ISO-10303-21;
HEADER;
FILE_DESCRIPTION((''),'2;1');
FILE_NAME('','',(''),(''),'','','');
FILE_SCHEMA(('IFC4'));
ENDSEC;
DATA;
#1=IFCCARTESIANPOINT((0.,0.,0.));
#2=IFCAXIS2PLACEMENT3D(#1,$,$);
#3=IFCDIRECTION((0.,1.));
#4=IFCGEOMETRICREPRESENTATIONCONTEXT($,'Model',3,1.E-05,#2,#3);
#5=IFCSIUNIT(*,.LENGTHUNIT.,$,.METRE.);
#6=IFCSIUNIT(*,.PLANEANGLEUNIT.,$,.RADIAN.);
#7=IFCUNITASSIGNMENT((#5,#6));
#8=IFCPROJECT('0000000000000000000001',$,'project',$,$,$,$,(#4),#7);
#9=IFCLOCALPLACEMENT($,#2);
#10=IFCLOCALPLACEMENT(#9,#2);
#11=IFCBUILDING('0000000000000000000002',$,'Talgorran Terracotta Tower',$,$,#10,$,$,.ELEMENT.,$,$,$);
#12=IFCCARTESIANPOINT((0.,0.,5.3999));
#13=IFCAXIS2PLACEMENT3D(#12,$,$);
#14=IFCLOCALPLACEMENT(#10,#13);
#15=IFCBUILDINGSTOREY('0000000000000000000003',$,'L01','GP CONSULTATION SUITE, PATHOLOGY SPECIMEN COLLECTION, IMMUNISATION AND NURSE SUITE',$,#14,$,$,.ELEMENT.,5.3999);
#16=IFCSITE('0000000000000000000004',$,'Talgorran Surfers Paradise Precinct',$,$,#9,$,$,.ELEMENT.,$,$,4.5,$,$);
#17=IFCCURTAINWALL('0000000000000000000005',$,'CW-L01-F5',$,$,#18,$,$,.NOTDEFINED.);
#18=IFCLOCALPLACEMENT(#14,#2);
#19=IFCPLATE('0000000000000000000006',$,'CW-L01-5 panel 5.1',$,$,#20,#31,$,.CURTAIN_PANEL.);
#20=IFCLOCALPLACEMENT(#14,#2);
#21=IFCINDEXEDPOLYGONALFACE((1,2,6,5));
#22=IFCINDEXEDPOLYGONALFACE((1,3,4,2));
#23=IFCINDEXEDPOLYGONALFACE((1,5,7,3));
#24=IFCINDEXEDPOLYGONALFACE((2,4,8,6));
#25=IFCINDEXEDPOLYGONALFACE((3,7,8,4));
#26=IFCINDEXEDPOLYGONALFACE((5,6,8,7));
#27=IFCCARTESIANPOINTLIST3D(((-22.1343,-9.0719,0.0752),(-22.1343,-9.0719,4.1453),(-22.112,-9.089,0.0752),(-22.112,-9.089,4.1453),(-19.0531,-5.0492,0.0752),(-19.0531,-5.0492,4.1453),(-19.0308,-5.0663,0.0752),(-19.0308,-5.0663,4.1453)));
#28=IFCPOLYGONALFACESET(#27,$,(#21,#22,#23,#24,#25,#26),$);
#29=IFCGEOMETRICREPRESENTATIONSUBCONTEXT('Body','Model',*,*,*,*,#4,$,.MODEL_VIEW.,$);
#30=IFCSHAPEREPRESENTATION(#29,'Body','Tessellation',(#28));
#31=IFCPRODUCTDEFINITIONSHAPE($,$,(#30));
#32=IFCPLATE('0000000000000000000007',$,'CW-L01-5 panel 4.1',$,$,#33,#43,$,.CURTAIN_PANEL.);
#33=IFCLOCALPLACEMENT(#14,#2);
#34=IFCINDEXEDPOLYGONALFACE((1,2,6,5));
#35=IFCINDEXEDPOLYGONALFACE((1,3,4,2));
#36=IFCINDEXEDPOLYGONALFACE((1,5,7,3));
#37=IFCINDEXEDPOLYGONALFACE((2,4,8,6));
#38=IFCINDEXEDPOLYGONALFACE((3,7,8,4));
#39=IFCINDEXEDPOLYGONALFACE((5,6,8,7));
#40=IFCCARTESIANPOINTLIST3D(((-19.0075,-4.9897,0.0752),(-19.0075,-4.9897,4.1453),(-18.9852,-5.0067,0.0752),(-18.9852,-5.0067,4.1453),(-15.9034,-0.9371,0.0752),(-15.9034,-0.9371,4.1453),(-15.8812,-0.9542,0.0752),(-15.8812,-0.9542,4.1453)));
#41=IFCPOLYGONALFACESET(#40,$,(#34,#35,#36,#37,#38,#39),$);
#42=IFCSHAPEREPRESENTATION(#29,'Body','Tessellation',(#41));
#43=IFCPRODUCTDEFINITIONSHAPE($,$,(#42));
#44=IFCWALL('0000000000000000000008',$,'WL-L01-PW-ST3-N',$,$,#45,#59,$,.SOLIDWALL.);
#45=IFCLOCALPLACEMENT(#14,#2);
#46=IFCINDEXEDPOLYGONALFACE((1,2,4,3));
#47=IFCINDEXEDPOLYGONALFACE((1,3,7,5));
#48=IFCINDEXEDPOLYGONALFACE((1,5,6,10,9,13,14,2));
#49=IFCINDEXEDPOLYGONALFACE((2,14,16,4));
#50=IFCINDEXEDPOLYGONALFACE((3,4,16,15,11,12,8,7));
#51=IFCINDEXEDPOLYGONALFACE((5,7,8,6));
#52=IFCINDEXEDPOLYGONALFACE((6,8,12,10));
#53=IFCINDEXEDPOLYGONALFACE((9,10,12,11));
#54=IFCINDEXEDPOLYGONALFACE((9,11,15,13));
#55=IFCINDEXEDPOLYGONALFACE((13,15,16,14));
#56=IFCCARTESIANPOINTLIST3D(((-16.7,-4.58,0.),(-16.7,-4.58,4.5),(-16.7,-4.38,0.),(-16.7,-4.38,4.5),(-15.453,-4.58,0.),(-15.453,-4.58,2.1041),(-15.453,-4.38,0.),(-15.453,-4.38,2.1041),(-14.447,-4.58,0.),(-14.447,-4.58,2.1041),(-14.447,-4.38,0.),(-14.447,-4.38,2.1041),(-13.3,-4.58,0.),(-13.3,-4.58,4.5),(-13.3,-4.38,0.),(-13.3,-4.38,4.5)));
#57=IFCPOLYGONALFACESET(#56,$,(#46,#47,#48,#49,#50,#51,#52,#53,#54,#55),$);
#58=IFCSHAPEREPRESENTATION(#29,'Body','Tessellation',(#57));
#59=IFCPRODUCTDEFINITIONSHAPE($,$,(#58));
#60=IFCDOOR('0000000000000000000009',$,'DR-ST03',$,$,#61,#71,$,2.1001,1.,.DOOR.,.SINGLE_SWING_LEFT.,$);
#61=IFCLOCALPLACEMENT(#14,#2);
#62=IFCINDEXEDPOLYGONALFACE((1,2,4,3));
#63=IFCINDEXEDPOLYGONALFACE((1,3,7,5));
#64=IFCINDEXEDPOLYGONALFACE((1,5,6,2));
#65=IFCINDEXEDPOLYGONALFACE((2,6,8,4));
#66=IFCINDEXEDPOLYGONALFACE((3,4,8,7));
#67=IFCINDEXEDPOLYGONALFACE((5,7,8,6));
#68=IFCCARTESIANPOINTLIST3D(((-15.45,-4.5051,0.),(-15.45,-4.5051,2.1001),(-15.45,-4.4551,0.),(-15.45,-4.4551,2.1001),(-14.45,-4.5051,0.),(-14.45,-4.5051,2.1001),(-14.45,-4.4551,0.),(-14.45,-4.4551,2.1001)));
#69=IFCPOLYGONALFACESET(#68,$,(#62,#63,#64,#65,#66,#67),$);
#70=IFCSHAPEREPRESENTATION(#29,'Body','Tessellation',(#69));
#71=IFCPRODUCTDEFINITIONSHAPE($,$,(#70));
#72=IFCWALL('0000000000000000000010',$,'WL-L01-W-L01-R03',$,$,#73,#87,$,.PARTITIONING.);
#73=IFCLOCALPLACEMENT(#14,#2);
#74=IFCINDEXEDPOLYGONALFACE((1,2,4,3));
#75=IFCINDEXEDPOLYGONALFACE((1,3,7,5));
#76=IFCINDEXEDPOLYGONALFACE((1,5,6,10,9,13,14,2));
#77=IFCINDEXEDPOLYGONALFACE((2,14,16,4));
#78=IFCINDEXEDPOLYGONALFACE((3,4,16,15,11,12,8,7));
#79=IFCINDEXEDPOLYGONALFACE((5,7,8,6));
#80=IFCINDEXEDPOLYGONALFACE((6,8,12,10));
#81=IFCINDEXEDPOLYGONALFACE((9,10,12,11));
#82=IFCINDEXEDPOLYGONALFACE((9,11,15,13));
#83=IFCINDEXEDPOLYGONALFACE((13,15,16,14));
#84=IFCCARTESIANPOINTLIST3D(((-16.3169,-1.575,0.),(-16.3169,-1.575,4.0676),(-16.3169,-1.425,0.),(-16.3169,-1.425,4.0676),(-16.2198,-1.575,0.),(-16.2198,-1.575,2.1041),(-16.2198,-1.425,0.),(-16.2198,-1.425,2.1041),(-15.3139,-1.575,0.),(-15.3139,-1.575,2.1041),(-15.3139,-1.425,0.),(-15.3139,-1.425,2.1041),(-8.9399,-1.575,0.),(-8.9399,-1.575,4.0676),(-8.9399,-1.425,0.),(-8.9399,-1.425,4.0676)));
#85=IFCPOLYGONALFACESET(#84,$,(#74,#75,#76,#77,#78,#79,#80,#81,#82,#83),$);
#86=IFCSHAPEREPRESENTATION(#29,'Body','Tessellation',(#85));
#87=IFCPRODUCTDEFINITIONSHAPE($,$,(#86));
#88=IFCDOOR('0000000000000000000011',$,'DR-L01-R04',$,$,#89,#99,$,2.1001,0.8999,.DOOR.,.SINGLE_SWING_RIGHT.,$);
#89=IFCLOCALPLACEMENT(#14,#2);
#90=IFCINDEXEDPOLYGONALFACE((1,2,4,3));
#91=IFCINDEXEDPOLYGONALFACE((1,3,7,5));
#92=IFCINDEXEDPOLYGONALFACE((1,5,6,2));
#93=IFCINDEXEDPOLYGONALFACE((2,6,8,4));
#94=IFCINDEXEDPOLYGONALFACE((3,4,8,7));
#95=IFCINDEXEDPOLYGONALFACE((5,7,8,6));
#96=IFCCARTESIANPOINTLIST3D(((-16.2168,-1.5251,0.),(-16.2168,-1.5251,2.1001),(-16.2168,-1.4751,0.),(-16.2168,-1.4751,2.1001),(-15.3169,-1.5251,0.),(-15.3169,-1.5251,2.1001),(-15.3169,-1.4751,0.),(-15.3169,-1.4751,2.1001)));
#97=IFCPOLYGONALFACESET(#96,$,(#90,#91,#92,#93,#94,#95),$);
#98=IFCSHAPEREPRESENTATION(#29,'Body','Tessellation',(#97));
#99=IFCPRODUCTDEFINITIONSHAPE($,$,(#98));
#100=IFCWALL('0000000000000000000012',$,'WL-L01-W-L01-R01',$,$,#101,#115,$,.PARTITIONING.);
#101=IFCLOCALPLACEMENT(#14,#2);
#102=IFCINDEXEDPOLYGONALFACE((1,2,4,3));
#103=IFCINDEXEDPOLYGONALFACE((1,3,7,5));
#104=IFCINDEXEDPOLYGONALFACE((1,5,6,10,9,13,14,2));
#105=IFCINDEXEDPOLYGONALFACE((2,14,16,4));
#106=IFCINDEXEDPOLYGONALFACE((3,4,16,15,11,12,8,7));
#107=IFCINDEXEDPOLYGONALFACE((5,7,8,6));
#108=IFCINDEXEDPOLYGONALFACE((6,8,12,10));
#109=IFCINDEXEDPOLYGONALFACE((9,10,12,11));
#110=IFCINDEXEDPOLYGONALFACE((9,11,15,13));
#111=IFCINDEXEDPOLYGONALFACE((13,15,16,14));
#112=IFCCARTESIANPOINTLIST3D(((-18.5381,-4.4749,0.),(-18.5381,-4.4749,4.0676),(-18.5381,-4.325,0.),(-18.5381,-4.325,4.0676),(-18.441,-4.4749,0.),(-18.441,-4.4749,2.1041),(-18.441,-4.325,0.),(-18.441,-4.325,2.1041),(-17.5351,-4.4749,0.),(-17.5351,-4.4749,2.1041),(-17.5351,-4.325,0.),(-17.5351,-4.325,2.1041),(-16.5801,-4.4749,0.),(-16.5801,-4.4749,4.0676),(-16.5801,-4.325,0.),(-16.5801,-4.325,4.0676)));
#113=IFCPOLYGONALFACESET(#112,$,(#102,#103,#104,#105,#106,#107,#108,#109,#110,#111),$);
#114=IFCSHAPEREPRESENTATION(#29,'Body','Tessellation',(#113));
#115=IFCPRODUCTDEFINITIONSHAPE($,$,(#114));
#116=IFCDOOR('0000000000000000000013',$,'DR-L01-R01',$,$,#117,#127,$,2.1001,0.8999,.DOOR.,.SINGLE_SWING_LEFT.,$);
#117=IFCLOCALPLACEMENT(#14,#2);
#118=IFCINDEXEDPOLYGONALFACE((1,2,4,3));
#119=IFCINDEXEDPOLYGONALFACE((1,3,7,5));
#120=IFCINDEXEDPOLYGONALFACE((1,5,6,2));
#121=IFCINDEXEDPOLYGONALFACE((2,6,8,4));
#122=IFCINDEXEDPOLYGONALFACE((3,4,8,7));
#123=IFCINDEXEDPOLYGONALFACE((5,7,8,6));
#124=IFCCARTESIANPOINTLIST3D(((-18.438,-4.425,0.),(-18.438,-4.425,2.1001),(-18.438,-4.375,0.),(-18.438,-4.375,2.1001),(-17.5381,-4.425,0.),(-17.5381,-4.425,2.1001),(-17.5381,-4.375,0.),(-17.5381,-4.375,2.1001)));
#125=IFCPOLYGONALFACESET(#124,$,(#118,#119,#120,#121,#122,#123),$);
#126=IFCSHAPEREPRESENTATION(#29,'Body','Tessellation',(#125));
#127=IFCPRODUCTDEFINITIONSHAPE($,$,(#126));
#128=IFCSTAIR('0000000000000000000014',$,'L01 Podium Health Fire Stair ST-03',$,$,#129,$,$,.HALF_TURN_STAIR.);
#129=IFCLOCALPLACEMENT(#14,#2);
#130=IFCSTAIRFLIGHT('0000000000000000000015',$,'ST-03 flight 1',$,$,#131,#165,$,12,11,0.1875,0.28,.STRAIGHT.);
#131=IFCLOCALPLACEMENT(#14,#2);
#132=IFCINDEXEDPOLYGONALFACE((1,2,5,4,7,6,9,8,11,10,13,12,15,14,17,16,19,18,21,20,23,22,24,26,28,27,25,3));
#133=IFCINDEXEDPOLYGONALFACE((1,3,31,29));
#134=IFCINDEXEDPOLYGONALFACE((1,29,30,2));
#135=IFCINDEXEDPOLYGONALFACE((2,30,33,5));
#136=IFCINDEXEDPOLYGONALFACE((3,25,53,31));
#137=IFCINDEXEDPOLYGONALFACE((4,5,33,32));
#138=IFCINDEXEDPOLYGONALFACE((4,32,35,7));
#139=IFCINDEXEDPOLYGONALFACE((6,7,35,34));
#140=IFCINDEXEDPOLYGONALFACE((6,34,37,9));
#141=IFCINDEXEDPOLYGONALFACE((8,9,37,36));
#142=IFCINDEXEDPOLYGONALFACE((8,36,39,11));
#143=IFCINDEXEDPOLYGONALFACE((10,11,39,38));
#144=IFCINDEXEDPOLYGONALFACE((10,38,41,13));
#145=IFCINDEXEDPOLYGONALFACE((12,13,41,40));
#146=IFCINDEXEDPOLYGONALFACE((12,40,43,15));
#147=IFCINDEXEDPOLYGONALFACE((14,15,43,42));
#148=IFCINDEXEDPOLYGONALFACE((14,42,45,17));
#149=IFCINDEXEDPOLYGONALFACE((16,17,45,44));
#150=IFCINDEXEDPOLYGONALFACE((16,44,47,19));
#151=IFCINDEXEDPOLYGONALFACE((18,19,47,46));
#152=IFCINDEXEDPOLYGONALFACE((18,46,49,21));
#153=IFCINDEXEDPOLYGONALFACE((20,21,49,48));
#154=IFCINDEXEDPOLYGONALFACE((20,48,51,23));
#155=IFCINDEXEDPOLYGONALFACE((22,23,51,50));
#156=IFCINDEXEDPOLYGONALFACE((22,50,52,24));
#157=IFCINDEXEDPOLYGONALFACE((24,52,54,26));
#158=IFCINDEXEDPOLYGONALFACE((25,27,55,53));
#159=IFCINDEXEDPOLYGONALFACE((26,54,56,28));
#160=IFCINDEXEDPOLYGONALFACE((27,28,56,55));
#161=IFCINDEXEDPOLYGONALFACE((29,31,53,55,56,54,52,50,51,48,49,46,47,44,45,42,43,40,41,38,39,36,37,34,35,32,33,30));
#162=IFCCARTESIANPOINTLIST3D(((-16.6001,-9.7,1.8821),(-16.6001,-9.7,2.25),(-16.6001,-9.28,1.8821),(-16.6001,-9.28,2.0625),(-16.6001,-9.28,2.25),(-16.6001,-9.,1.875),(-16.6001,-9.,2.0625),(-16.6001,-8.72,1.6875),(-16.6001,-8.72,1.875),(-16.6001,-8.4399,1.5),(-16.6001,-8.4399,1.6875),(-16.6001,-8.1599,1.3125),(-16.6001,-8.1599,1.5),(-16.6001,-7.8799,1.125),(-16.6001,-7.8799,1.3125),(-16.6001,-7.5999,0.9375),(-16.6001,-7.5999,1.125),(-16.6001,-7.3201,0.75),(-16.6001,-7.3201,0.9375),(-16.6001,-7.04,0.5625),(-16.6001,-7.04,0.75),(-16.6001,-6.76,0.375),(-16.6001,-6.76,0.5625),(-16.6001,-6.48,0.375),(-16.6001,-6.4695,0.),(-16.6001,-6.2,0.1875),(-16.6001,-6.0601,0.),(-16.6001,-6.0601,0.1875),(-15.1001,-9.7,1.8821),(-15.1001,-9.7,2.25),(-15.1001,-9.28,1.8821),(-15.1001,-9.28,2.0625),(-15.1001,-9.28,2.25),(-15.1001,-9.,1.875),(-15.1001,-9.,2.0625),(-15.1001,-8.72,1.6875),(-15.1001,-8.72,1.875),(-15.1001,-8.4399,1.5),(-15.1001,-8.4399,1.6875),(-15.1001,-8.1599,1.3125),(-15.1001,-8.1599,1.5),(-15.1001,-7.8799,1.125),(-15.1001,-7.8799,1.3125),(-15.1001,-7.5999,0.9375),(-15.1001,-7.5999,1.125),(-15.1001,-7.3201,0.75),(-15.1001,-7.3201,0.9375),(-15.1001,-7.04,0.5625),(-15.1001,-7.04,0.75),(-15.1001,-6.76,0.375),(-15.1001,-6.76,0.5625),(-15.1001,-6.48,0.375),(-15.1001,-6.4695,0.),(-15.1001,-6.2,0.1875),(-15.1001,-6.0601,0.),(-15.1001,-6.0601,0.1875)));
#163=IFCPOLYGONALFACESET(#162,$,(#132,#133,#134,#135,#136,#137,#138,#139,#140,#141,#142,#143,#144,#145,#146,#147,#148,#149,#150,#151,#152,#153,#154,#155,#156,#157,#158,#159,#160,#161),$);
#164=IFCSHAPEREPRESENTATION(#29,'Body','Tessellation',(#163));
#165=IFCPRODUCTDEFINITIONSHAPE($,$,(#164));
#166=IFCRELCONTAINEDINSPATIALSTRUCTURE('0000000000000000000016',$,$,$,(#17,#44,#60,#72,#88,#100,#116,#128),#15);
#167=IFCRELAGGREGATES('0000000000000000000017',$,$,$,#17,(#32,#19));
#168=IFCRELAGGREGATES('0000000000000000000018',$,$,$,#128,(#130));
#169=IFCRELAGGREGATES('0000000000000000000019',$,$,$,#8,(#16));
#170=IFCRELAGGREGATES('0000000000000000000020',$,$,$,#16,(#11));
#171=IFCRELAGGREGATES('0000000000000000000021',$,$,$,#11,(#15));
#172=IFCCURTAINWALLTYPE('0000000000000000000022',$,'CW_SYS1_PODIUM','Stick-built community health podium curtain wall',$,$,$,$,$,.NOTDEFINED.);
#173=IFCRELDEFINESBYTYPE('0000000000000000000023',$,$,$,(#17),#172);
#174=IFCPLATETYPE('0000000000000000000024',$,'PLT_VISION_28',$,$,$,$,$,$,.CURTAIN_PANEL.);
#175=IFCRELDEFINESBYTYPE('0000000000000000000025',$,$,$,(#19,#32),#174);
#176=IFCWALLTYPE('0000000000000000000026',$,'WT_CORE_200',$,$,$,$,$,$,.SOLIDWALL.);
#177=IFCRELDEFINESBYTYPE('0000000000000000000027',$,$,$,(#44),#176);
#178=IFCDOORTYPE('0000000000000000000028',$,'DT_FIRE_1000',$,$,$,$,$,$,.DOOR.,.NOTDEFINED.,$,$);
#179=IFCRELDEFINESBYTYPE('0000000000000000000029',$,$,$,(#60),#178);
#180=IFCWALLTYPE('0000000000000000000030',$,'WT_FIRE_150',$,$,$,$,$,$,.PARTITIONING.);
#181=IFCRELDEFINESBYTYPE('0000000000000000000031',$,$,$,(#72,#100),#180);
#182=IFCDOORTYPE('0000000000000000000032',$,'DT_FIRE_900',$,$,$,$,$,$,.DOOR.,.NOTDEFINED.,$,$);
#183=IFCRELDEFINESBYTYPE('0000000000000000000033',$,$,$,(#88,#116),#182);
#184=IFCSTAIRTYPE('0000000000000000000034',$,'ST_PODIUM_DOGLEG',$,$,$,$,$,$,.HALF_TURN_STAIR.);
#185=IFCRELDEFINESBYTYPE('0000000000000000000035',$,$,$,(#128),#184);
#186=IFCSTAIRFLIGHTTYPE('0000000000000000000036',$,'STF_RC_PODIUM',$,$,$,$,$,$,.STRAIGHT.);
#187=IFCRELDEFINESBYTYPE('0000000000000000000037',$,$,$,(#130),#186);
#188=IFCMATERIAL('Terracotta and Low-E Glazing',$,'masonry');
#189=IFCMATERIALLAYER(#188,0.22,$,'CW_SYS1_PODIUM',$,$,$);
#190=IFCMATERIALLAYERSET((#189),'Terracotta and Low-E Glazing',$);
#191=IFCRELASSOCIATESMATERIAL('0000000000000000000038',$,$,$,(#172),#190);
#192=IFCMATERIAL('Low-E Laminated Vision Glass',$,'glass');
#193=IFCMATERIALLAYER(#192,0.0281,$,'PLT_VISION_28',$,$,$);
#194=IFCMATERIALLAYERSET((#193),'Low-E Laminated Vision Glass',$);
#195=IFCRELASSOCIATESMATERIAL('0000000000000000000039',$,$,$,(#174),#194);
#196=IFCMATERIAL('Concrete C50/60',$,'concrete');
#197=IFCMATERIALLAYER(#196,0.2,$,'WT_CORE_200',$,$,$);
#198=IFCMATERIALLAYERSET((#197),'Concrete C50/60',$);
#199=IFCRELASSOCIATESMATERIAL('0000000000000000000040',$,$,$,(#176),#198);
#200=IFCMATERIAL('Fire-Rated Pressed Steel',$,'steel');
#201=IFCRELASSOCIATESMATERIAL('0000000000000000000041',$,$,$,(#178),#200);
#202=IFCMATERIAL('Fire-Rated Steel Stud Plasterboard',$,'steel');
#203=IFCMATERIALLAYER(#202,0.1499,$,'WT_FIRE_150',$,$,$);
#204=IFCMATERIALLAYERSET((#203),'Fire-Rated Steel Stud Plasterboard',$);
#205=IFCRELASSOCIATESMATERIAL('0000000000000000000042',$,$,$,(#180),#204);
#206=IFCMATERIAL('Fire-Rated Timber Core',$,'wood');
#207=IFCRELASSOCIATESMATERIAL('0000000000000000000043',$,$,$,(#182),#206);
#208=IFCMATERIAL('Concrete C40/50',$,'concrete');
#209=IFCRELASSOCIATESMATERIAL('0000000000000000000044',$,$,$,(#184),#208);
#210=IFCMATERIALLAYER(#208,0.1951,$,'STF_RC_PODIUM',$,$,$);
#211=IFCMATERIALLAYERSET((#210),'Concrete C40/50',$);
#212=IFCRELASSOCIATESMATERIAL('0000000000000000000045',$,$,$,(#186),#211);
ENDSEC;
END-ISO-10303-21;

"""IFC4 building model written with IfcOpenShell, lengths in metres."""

from ifc_helpers import new_model, si_unit, direction, frame, frame_2d, origin, origin_2d, place, context, subcontext, project, spatial, polyline, rectangle, outline, extrude, source, transform, mapped, material, layer, layer_set, type_object, type_shapes, element, fill, aggregate, save


model = new_model("IFC4")

# Units and contexts
model_context = context("Model", 3, precision=1e-05, world=origin(), true_north=direction((0.0, 1.0)))
body_context = subcontext(model_context, "Body", "Model", "MODEL_VIEW")
ifc_project = project(units=[si_unit("LENGTHUNIT", "METRE"), si_unit("PLANEANGLEUNIT", "RADIAN")], contexts=[model_context])

# Site, building, storey
site_placement = place(None, origin())
site = spatial("IfcSite", under=ifc_project, at=site_placement, Name="Talgorran Surfers Paradise Precinct", CompositionType="ELEMENT", RefElevation=4.5)
building_placement = place(site_placement, origin())
building = spatial("IfcBuilding", under=site, at=building_placement, Name="Talgorran Terracotta Tower", CompositionType="ELEMENT")
storey_placement = place(building_placement, frame((0.0, 0.0, 5.3999)))
storey = spatial("IfcBuildingStorey", under=building, at=storey_placement, Name="L01", Description="GP CONSULTATION SUITE, PATHOLOGY SPECIMEN COLLECTION, IMMUNISATION AND NURSE SUITE", CompositionType="ELEMENT", Elevation=5.3999)

# Curtain wall, plates
ifc_material_1 = material(Name="Terracotta and Low-E Glazing", Category="masonry")
ifc_layer_1 = layer(ifc_material_1, 0.22, Name="CW_SYS1_PODIUM")
ifc_layer_set_1 = layer_set([ifc_layer_1], Name="Terracotta and Low-E Glazing")
curtain_wall_type = type_object("IfcCurtainWallType", Name="CW_SYS1_PODIUM", Description="Stick-built community health podium curtain wall", PredefinedType="NOTDEFINED", material=ifc_layer_set_1)
curtain_wall_placement = place(storey_placement, origin())
curtain_wall = element("IfcCurtainWall", 1, at=curtain_wall_placement, inside=storey, type_object=curtain_wall_type, Name="CW-L01-F5", PredefinedType="NOTDEFINED")
ifc_material_2 = material(Name="Low-E Laminated Vision Glass", Category="glass")
ifc_layer_2 = layer(ifc_material_2, 0.0281, Name="PLT_VISION_28")
ifc_layer_set_2 = layer_set([ifc_layer_2], Name="Low-E Laminated Vision Glass")
plate_type = type_object("IfcPlateType", Name="PLT_VISION_28", PredefinedType="CURTAIN_PANEL", material=ifc_layer_set_2)
shared_shape_1 = source(origin(), body_context, "Body", "SweptSolid", [
    extrude(rectangle(XDim=5.0671, YDim=0.0281, at=origin_2d()), origin(), (0.0, 0.0, 1.0), 4.0701),
])
plate_1_placement = place(storey_placement, frame((-20.5825, -7.0691, 0.0752), z_axis=(0.0, 0.0, 1.0), x_axis=(-0.608075, -0.79388, 0.0)))
plate_1 = element("IfcPlate", 2, at=plate_1_placement, type_object=plate_type, Name="CW-L01-5 panel 5.1", PredefinedType="CURTAIN_PANEL", context=body_context, shape_type="MappedRepresentation", body=[
    mapped(shared_shape_1, transform((0.0, 0.0, 0.0), scale=1.0)),
])
shared_shape_2 = source(origin(), body_context, "Body", "SweptSolid", [
    extrude(rectangle(XDim=5.1047, YDim=0.0281, at=origin_2d()), origin(), (0.0, 0.0, 1.0), 4.0701),
])
type_shapes(plate_type, [shared_shape_1, shared_shape_2])
plate_2_placement = place(storey_placement, frame((-17.4443, -2.9719, 0.0752), z_axis=(0.0, 0.0, 1.0), x_axis=(-0.608075, -0.79388, 0.0)))
plate_2 = element("IfcPlate", 3, at=plate_2_placement, type_object=plate_type, Name="CW-L01-5 panel 4.1", PredefinedType="CURTAIN_PANEL", context=body_context, shape_type="MappedRepresentation", body=[
    mapped(shared_shape_2, transform((0.0, 0.0, 0.0), scale=1.0)),
])
aggregate(curtain_wall, [plate_2, plate_1])

# Walls, openings, doors
ifc_material_3 = material(Name="Concrete C50/60", Category="concrete")
ifc_layer_3 = layer(ifc_material_3, 0.2, Name="WT_CORE_200")
ifc_layer_set_3 = layer_set([ifc_layer_3], Name="Concrete C50/60")
wall_type_1 = type_object("IfcWallType", Name="WT_CORE_200", PredefinedType="SOLIDWALL", material=ifc_layer_set_3)
wall_1_placement = place(storey_placement, frame((-16.7, -4.48, 0.0), z_axis=(0.0, 0.0, 1.0), x_axis=(1.0, 0.0, 0.0)))
wall_1 = element("IfcWall", 4, at=wall_1_placement, inside=storey, type_object=wall_type_1, Name="WL-L01-PW-ST3-N", PredefinedType="SOLIDWALL", context=body_context, shape_type="SweptSolid", body=[
    extrude(rectangle(XDim=3.3999, YDim=0.2, at=frame_2d((1.7, 0.0))), origin(), (0.0, 0.0, 1.0), 4.5),
])
opening_1_placement = place(wall_1_placement, frame((1.25, 0.0, 0.0)))
opening_1 = element("IfcOpeningElement", 5, at=opening_1_placement, cuts=wall_1, PredefinedType="OPENING", context=body_context, shape_type="SweptSolid", body=[
    extrude(rectangle(XDim=1.006, YDim=2.1041, at=frame_2d((0.5, 1.052))), frame((0.0, 0.1099, 0.0), z_axis=(0.0, -1.0, 0.0), x_axis=(1.0, 0.0, 0.0)), (0.0, 0.0, 1.0), 0.22),
])
ifc_material_4 = material(Name="Fire-Rated Pressed Steel", Category="steel")
door_type_1 = type_object("IfcDoorType", Name="DT_FIRE_1000", OperationType="NOTDEFINED", PredefinedType="DOOR", material=ifc_material_4)
door_1_placement = place(opening_1_placement, origin())
door_1 = element("IfcDoor", 6, at=door_1_placement, inside=storey, type_object=door_type_1, Name="DR-ST03", OperationType="SINGLE_SWING_LEFT", OverallHeight=2.1001, OverallWidth=1.0, PredefinedType="DOOR", context=body_context, shape_type="SweptSolid", body=[
    extrude(rectangle(XDim=1.0, YDim=2.1001, at=frame_2d((0.5, 1.05))), frame((0.0, 0.0249, 0.0), z_axis=(0.0, -1.0, 0.0), x_axis=(1.0, 0.0, 0.0)), (0.0, 0.0, 1.0), 0.05),
])
fill(opening_1, door_1)
ifc_material_5 = material(Name="Fire-Rated Steel Stud Plasterboard", Category="steel")
ifc_layer_4 = layer(ifc_material_5, 0.1499, Name="WT_FIRE_150")
ifc_layer_set_4 = layer_set([ifc_layer_4], Name="Fire-Rated Steel Stud Plasterboard")
wall_type_2 = type_object("IfcWallType", Name="WT_FIRE_150", PredefinedType="PARTITIONING", material=ifc_layer_set_4)
wall_2_placement = place(storey_placement, frame((-16.3169, -1.5, 0.0), z_axis=(0.0, 0.0, 1.0), x_axis=(1.0, 0.0, 0.0)))
wall_2 = element("IfcWall", 7, at=wall_2_placement, inside=storey, type_object=wall_type_2, Name="WL-L01-W-L01-R03", PredefinedType="PARTITIONING", context=body_context, shape_type="SweptSolid", body=[
    extrude(rectangle(XDim=7.377, YDim=0.1499, at=frame_2d((3.6885, 0.0))), origin(), (0.0, 0.0, 1.0), 4.0676),
])
opening_2_placement = place(wall_2_placement, frame((0.1001, 0.0, 0.0)))
opening_2 = element("IfcOpeningElement", 8, at=opening_2_placement, cuts=wall_2, PredefinedType="OPENING", context=body_context, shape_type="SweptSolid", body=[
    extrude(rectangle(XDim=0.9059, YDim=2.1041, at=frame_2d((0.45, 1.052))), frame((0.0, 0.085, 0.0), z_axis=(0.0, -1.0, 0.0), x_axis=(1.0, 0.0, 0.0)), (0.0, 0.0, 1.0), 0.1699),
])
ifc_material_6 = material(Name="Fire-Rated Timber Core", Category="wood")
door_type_2 = type_object("IfcDoorType", Name="DT_FIRE_900", OperationType="NOTDEFINED", PredefinedType="DOOR", material=ifc_material_6)
door_2_placement = place(opening_2_placement, origin())
door_2 = element("IfcDoor", 9, at=door_2_placement, inside=storey, type_object=door_type_2, Name="DR-L01-R04", OperationType="SINGLE_SWING_RIGHT", OverallHeight=2.1001, OverallWidth=0.8999, PredefinedType="DOOR", context=body_context, shape_type="SweptSolid", body=[
    extrude(rectangle(XDim=0.8999, YDim=2.1001, at=frame_2d((0.45, 1.05))), frame((0.0, 0.0249, 0.0), z_axis=(0.0, -1.0, 0.0), x_axis=(1.0, 0.0, 0.0)), (0.0, 0.0, 1.0), 0.05),
])
fill(opening_2, door_2)
wall_3_placement = place(storey_placement, frame((-18.5381, -4.3999, 0.0), z_axis=(0.0, 0.0, 1.0), x_axis=(1.0, 0.0, 0.0)))
wall_3 = element("IfcWall", 10, at=wall_3_placement, inside=storey, type_object=wall_type_2, Name="WL-L01-W-L01-R01", PredefinedType="PARTITIONING", context=body_context, shape_type="SweptSolid", body=[
    extrude(rectangle(XDim=1.958, YDim=0.1499, at=frame_2d((0.979, 0.0))), origin(), (0.0, 0.0, 1.0), 4.0676),
])
opening_3_placement = place(wall_3_placement, frame((0.1001, 0.0, 0.0)))
opening_3 = element("IfcOpeningElement", 11, at=opening_3_placement, cuts=wall_3, PredefinedType="OPENING", context=body_context, shape_type="SweptSolid", body=[
    extrude(rectangle(XDim=0.9059, YDim=2.1041, at=frame_2d((0.45, 1.052))), frame((0.0, 0.085, 0.0), z_axis=(0.0, -1.0, 0.0), x_axis=(1.0, 0.0, 0.0)), (0.0, 0.0, 1.0), 0.1699),
])
door_3_placement = place(opening_3_placement, origin())
door_3 = element("IfcDoor", 12, at=door_3_placement, inside=storey, type_object=door_type_2, Name="DR-L01-R01", OperationType="SINGLE_SWING_LEFT", OverallHeight=2.1001, OverallWidth=0.8999, PredefinedType="DOOR", context=body_context, shape_type="SweptSolid", body=[
    extrude(rectangle(XDim=0.8999, YDim=2.1001, at=frame_2d((0.45, 1.05))), frame((0.0, 0.0249, 0.0), z_axis=(0.0, -1.0, 0.0), x_axis=(1.0, 0.0, 0.0)), (0.0, 0.0, 1.0), 0.05),
])
fill(opening_3, door_3)

# Stair, stair flight
ifc_material_7 = material(Name="Concrete C40/50", Category="concrete")
stair_type = type_object("IfcStairType", Name="ST_PODIUM_DOGLEG", PredefinedType="HALF_TURN_STAIR", material=ifc_material_7)
stair_placement = place(storey_placement, origin())
stair = element("IfcStair", 13, at=stair_placement, inside=storey, type_object=stair_type, Name="L01 Podium Health Fire Stair ST-03", PredefinedType="HALF_TURN_STAIR")
ifc_layer_5 = layer(ifc_material_7, 0.1951, Name="STF_RC_PODIUM")
ifc_layer_set_5 = layer_set([ifc_layer_5], Name="Concrete C40/50")
stair_flight_type = type_object("IfcStairFlightType", Name="STF_RC_PODIUM", PredefinedType="STRAIGHT", material=ifc_layer_set_5)
stair_flight_placement = place(storey_placement, frame((-15.8501, -6.2, 0.0), z_axis=(0.0, 0.0, 1.0), x_axis=(0.0, -1.0, 0.0)))
stair_flight = element("IfcStairFlight", 14, at=stair_flight_placement, type_object=stair_flight_type, Name="ST-03 flight 1", NumberOfRisers=12, NumberOfTreads=11, PredefinedType="STRAIGHT", RiserHeight=0.1875, TreadLength=0.28, context=body_context, shape_type="SweptSolid", body=[
    extrude(outline(polyline([(-0.1399, 0.0), (-0.1399, 0.1875), (0.0, 0.1875), (0.28, 0.375), (0.5601, 0.375), (0.5601, 0.5625), (0.8401, 0.5625), (0.8401, 0.75), (1.1201, 0.75), (1.1201, 0.9375), (1.3999, 0.9375), (1.3999, 1.125), (1.6799, 1.125), (1.6799, 1.3125), (1.96, 1.3125), (1.96, 1.5), (2.24, 1.5), (2.24, 1.6875), (2.52, 1.6875), (2.52, 1.875), (2.8, 1.875), (2.8, 2.0625), (3.0801, 2.0625), (3.0801, 2.25), (3.5, 2.25), (3.5, 1.8821), (3.0801, 1.8821), (0.2695, 0.0), (-0.1399, 0.0)])), frame((0.0, 0.75, 0.0), z_axis=(0.0, -1.0, 0.0), x_axis=(1.0, 0.0, 0.0)), (0.0, 0.0, 1.0), 1.5),
])
aggregate(stair, [stair_flight])

save(model, "model.ifc")
